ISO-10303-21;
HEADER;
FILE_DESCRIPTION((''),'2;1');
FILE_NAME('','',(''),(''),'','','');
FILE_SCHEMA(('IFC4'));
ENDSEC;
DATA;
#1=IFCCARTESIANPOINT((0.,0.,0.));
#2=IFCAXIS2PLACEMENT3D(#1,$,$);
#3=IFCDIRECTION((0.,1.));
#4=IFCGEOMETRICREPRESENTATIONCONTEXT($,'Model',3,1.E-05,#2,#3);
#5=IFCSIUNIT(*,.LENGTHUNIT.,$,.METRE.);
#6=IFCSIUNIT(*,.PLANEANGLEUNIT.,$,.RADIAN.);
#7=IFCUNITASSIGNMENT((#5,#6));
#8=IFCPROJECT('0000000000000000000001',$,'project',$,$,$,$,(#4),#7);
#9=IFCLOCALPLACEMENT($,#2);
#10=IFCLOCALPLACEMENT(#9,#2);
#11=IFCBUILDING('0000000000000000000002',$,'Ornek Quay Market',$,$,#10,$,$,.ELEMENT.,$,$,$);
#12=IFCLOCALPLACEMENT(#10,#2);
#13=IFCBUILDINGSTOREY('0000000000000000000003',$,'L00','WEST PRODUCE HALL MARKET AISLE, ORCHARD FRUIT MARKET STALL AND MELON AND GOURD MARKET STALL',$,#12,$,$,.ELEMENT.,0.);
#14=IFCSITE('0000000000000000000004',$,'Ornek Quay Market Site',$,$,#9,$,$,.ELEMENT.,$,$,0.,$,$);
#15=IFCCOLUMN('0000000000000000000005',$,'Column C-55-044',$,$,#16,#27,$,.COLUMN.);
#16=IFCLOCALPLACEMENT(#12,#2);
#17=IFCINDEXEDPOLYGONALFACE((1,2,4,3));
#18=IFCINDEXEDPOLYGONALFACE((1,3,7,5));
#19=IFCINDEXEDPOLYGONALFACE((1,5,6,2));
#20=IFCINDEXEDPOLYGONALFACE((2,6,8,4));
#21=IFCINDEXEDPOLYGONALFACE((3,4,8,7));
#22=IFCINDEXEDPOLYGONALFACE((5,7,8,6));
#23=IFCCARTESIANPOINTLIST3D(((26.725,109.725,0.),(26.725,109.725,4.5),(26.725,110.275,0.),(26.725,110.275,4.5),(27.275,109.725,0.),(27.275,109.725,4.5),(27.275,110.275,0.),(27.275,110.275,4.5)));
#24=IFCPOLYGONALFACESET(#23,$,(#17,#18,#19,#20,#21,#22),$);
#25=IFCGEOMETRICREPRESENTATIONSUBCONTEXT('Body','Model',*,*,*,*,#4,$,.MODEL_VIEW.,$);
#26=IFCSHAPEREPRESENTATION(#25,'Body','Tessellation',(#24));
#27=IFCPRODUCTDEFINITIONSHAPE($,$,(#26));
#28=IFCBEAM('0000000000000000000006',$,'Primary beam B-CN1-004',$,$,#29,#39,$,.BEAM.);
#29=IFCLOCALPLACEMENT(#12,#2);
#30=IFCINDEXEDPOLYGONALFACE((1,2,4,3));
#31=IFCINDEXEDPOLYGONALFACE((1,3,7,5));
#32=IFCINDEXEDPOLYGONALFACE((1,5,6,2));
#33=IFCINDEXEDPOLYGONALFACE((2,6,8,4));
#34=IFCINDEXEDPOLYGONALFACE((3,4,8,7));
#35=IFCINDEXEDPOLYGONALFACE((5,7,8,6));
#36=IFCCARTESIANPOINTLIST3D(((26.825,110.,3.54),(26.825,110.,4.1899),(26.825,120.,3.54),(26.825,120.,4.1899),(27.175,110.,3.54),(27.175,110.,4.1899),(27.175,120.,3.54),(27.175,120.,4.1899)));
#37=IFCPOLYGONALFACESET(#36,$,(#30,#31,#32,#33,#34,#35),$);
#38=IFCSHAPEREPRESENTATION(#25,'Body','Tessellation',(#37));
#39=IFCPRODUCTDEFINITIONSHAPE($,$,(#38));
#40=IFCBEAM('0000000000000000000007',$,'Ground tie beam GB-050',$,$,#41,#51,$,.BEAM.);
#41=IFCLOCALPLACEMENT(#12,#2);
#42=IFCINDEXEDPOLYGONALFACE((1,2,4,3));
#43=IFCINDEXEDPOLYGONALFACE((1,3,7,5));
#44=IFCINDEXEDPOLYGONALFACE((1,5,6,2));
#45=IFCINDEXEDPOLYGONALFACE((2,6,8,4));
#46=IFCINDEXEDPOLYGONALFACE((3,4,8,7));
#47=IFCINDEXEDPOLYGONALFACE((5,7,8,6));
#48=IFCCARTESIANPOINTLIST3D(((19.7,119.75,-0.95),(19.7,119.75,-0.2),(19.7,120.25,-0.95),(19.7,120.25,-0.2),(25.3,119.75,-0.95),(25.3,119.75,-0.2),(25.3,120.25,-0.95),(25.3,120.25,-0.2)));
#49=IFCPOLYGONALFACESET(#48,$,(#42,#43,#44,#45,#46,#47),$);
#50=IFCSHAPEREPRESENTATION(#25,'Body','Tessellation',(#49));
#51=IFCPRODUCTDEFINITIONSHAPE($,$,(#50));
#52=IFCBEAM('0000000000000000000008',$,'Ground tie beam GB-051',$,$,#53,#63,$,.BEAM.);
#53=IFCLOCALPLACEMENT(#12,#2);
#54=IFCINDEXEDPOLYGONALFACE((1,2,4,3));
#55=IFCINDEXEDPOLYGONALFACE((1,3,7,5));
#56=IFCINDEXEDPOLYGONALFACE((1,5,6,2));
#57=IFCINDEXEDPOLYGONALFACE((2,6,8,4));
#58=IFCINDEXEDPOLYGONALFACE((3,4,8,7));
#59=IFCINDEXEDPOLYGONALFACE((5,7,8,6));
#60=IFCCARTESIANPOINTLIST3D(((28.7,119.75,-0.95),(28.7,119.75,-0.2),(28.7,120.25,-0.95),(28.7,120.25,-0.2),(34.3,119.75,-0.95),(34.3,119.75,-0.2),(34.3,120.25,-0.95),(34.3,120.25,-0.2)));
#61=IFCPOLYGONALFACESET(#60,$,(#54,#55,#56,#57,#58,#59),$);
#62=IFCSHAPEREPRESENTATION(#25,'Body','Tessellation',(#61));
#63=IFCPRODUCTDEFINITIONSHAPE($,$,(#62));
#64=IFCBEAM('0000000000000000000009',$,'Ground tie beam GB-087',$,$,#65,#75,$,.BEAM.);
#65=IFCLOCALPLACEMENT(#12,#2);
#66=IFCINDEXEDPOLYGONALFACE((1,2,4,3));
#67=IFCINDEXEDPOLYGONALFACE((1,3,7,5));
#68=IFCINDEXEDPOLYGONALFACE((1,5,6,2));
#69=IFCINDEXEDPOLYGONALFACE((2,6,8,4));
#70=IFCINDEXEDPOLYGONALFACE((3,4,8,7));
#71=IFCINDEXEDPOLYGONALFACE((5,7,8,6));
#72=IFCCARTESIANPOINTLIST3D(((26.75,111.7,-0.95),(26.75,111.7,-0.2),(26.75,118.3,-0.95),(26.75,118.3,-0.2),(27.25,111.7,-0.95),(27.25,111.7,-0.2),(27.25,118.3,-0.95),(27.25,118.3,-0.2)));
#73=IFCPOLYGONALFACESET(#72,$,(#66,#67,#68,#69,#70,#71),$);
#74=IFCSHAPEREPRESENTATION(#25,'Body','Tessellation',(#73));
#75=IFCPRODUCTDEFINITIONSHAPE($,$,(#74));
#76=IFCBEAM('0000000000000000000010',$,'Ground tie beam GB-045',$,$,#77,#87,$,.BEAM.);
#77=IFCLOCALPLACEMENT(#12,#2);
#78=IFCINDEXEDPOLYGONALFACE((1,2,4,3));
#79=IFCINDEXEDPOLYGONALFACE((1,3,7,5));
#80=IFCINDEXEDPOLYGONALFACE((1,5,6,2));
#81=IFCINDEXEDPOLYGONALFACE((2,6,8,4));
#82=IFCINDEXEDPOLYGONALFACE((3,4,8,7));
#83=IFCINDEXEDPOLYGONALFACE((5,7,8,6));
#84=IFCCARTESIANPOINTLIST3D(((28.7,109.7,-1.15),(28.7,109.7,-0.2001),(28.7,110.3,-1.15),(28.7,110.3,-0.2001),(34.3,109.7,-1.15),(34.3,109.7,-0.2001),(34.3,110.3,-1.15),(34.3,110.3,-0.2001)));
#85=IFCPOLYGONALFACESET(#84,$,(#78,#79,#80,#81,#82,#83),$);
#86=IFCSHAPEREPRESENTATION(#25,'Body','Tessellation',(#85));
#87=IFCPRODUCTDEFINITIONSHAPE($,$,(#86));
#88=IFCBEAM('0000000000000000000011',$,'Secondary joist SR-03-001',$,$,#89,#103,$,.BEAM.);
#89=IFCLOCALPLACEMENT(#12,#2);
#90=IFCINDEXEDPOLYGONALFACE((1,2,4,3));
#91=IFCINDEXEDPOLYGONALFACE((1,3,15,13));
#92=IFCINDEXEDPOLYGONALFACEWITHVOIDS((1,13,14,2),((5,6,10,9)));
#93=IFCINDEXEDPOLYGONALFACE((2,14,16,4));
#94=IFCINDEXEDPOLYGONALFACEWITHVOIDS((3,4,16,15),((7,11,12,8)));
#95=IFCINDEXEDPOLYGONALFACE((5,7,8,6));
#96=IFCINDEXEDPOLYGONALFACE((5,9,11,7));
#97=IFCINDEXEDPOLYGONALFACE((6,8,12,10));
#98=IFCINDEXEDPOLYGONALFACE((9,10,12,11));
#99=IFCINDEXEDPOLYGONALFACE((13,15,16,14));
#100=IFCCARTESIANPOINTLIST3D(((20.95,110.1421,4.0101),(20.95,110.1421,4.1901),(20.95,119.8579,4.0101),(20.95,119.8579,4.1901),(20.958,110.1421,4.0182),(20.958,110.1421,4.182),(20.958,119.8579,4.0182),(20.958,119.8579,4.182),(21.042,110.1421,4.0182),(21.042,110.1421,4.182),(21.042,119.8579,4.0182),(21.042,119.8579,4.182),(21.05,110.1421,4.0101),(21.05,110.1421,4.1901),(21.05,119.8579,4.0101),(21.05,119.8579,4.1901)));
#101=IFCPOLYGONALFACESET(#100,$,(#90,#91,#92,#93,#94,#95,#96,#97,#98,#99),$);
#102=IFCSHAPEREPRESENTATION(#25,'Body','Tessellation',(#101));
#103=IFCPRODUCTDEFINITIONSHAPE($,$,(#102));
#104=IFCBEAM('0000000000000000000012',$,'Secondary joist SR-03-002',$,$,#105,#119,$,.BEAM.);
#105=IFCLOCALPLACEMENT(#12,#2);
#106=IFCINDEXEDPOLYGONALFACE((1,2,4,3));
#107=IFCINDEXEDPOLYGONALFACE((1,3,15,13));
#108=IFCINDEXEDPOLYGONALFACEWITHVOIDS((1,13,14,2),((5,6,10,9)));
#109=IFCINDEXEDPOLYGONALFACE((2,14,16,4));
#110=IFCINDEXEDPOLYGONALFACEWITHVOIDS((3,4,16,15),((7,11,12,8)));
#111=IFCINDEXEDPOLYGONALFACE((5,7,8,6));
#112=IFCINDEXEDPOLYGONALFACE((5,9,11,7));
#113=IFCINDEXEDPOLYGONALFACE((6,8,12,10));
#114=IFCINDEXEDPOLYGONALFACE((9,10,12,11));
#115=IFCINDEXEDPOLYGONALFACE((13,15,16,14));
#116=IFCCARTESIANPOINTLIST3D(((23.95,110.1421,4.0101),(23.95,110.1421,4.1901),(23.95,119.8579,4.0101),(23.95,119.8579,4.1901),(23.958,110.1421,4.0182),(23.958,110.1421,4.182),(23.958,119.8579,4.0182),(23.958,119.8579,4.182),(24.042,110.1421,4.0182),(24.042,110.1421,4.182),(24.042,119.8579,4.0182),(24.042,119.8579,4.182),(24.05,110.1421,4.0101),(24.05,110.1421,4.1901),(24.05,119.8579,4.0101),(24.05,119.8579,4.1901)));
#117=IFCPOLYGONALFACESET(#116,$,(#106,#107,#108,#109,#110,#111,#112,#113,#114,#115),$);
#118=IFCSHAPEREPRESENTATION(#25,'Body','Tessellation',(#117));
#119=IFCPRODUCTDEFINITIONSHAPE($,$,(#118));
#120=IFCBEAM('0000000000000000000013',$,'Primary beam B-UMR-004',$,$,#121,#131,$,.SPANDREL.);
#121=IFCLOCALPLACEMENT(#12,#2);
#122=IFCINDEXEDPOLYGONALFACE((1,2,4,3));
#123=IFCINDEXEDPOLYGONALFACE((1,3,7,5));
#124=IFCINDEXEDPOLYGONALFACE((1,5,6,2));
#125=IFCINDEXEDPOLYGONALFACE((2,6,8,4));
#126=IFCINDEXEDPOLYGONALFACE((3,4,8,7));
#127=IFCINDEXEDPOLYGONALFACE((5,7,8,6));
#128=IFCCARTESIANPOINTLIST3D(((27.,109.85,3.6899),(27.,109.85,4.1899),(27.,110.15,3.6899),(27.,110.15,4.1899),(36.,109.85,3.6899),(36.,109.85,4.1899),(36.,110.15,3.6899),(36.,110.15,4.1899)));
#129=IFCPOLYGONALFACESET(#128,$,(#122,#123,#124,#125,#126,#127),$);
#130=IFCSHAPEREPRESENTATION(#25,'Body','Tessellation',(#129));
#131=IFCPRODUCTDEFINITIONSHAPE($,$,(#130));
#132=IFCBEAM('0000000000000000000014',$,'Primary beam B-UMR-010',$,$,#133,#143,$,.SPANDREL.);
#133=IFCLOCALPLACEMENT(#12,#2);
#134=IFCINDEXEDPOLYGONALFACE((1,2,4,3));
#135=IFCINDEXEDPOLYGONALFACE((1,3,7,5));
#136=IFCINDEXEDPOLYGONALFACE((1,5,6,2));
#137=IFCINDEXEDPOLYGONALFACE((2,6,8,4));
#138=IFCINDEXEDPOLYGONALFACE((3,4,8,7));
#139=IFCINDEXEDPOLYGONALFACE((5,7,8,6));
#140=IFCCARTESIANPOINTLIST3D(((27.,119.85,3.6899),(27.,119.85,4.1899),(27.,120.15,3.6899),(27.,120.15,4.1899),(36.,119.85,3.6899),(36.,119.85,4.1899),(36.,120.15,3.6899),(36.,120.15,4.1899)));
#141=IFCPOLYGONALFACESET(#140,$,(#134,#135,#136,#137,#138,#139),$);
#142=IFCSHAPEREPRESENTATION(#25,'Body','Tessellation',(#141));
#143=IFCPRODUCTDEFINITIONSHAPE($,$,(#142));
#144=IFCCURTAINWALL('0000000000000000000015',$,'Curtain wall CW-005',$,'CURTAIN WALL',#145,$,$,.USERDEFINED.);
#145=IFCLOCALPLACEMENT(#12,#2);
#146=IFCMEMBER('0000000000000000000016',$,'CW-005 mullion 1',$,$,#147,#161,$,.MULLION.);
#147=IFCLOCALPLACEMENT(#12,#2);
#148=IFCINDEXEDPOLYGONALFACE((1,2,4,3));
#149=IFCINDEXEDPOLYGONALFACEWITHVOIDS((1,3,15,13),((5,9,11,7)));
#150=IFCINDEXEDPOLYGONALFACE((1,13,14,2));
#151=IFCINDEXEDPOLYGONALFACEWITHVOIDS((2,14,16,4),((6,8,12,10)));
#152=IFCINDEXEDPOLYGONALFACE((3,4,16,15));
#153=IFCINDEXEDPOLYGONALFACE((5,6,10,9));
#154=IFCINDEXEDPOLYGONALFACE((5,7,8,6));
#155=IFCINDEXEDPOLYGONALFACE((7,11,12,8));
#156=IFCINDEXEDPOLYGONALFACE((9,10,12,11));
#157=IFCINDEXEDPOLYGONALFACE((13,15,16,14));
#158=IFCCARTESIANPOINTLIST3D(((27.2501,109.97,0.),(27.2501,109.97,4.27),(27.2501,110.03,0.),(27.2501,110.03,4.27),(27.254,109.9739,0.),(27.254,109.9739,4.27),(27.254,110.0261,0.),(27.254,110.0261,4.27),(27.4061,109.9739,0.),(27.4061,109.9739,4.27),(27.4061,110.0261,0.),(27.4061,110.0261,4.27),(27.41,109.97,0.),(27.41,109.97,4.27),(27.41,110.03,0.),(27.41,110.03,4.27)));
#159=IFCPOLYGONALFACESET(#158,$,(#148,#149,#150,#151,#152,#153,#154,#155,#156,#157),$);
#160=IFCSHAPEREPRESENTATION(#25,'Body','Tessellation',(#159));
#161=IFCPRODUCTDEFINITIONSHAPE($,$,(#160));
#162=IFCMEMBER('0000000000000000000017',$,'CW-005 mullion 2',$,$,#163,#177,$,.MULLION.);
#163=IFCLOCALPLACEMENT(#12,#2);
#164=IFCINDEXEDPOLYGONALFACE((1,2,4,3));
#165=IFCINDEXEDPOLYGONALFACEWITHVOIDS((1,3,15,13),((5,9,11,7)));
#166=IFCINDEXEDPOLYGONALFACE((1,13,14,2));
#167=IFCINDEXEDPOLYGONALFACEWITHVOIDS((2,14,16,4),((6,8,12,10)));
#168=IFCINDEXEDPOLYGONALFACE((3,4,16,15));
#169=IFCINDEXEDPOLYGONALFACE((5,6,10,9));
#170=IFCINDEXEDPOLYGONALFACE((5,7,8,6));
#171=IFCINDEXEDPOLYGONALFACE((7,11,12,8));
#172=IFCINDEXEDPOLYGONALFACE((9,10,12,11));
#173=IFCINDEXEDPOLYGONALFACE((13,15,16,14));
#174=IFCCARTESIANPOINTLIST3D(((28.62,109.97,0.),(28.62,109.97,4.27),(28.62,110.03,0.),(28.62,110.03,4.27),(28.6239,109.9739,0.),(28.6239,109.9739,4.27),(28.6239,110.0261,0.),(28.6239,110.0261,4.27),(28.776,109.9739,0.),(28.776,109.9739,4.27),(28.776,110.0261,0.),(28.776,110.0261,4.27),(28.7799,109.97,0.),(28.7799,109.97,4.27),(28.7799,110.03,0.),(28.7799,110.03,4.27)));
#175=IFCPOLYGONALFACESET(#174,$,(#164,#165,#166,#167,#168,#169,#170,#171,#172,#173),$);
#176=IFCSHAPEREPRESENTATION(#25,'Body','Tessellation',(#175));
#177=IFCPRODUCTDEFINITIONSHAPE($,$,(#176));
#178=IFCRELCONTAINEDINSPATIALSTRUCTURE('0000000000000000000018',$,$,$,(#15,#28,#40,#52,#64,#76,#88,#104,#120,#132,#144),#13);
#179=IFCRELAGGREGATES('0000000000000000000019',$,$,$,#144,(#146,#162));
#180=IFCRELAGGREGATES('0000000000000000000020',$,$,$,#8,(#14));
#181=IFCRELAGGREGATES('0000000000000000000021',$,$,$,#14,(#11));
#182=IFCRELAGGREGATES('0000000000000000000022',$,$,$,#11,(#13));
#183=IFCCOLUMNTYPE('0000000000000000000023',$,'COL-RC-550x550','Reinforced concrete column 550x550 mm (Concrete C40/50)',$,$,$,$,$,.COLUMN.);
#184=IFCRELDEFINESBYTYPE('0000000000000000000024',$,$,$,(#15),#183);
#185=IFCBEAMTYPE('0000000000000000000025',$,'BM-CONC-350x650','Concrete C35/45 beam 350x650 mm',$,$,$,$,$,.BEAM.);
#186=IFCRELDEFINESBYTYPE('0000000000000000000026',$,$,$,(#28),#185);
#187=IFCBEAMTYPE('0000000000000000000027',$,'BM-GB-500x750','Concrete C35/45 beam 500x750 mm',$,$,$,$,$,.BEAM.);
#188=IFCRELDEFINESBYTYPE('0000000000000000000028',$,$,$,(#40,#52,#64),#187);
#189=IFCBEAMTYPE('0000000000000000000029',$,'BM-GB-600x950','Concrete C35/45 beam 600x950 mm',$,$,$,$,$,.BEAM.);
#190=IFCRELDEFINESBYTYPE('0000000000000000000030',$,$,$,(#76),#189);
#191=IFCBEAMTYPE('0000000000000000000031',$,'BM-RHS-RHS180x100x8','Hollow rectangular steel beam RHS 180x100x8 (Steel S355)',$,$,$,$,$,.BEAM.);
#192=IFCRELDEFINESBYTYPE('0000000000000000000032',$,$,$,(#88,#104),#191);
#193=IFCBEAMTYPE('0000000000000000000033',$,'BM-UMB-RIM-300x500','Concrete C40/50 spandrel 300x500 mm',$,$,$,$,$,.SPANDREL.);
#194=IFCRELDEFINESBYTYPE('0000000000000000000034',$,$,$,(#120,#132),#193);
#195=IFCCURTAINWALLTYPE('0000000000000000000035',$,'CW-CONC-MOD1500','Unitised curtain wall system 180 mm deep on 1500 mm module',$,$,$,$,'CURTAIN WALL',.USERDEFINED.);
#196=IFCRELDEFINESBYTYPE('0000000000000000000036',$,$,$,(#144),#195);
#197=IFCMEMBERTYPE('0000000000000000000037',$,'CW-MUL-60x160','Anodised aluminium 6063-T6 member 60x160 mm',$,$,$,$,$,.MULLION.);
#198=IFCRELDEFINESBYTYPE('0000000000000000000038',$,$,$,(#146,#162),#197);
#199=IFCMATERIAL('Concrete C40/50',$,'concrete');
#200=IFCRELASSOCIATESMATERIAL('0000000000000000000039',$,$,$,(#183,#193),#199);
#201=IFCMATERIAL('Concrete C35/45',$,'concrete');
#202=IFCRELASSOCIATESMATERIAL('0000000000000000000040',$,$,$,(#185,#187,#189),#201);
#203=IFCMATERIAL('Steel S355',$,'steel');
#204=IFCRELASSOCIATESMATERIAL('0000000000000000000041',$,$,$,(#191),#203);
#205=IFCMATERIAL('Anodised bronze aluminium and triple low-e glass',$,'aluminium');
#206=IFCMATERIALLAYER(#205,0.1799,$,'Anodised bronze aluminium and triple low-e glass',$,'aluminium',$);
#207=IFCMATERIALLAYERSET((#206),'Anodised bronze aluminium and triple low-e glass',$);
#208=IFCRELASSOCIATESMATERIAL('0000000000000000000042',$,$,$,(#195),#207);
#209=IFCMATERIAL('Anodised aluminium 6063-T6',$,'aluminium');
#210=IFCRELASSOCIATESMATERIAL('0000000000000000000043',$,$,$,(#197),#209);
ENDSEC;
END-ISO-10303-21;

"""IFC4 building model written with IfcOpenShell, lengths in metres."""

from ifc_helpers import new_model, si_unit, direction, frame, origin, origin_2d, place, context, subcontext, project, spatial, rectangle, hollow_rectangle, extrude, material, layer, layer_set, material_profile, profile_set, type_object, element, aggregate, save


model = new_model("IFC4")

# Units and contexts
model_context = context("Model", 3, precision=1e-05, world=origin(), true_north=direction((0.0, 1.0)))
body_context = subcontext(model_context, "Body", "Model", "MODEL_VIEW")
ifc_project = project(units=[si_unit("LENGTHUNIT", "METRE"), si_unit("PLANEANGLEUNIT", "RADIAN")], contexts=[model_context])

# Site, building, storey
site_placement = place(None, origin())
site = spatial("IfcSite", under=ifc_project, at=site_placement, Name="Ornek Quay Market Site", CompositionType="ELEMENT", RefElevation=0.0)
building_placement = place(site_placement, origin())
building = spatial("IfcBuilding", under=site, at=building_placement, Name="Ornek Quay Market", CompositionType="ELEMENT")
storey_placement = place(building_placement, origin())
storey = spatial("IfcBuildingStorey", under=building, at=storey_placement, Name="L00", Description="WEST PRODUCE HALL MARKET AISLE, ORCHARD FRUIT MARKET STALL AND MELON AND GOURD MARKET STALL", CompositionType="ELEMENT", Elevation=0.0)

# Shared definitions
ifc_material_1 = material(Name="Concrete C35/45", Category="concrete")

# Column
ifc_material_2 = material(Name="Concrete C40/50", Category="concrete")
ifc_material_profile_1 = material_profile(ifc_material_2, rectangle(XDim=0.55, YDim=0.55, at=origin_2d()), Name="RC 550x550", Category="concrete")
ifc_profile_set_1 = profile_set([ifc_material_profile_1], Name="Concrete C40/50")
column_type_1 = type_object("IfcColumnType", Name="COL-RC-550x550", Description="Reinforced concrete column 550x550 mm (Concrete C40/50)", PredefinedType="COLUMN", material=ifc_profile_set_1)
column_1_placement = place(storey_placement, frame((27.0, 110.0, 0.0), z_axis=(0.0, 0.0, 1.0), x_axis=(1.0, 0.0, 0.0)))
element("IfcColumn", 1, at=column_1_placement, inside=storey, type_object=column_type_1, Name="Column C-55-044", PredefinedType="COLUMN", context=body_context, shape_type="SweptSolid", body=[
    extrude(rectangle(XDim=0.55, YDim=0.55, at=origin_2d()), origin(), (0.0, 0.0, 1.0), 4.5),
])

# Beams
ifc_material_profile_2 = material_profile(ifc_material_1, rectangle(XDim=0.3501, YDim=0.6499, at=origin_2d()), Name="RC 350x650", Category="concrete")
ifc_profile_set_2 = profile_set([ifc_material_profile_2], Name="Concrete C35/45")
beam_type_1 = type_object("IfcBeamType", Name="BM-CONC-350x650", Description="Concrete C35/45 beam 350x650 mm", PredefinedType="BEAM", material=ifc_profile_set_2)
beam_1_placement = place(storey_placement, frame((27.0, 110.0, 3.865), z_axis=(0.0, 1.0, 0.0), x_axis=(-1.0, 0.0, 0.0)))
element("IfcBeam", 2, at=beam_1_placement, inside=storey, type_object=beam_type_1, Name="Primary beam B-CN1-004", PredefinedType="BEAM", context=body_context, shape_type="SweptSolid", body=[
    extrude(rectangle(XDim=0.3501, YDim=0.6499, at=origin_2d()), origin(), (0.0, 0.0, 1.0), 10.0),
])
ifc_material_profile_3 = material_profile(ifc_material_1, rectangle(XDim=0.5, YDim=0.75, at=origin_2d()), Name="RC 500x750", Category="concrete")
ifc_profile_set_3 = profile_set([ifc_material_profile_3], Name="Concrete C35/45")
beam_type_2 = type_object("IfcBeamType", Name="BM-GB-500x750", Description="Concrete C35/45 beam 500x750 mm", PredefinedType="BEAM", material=ifc_profile_set_3)
for number, where, z_axis, x_axis, name in (
    (3, (19.7, 120.0, -0.575), (1.0, 0.0, 0.0), (0.0, 1.0, 0.0), "Ground tie beam GB-050"),
    (4, (28.7, 120.0, -0.575), (1.0, 0.0, 0.0), (0.0, 1.0, 0.0), "Ground tie beam GB-051"),
):
    element("IfcBeam", number, at=place(storey_placement, frame(where, z_axis=z_axis, x_axis=x_axis)), inside=storey, type_object=beam_type_2, Name=name, PredefinedType="BEAM", context=body_context, shape_type="SweptSolid", body=[
        extrude(rectangle(XDim=0.5, YDim=0.75, at=origin_2d()), origin(), (0.0, 0.0, 1.0), 5.6001),
    ])
beam_2_placement = place(storey_placement, frame((27.0, 111.7, -0.575), z_axis=(0.0, 1.0, 0.0), x_axis=(-1.0, 0.0, 0.0)))
element("IfcBeam", 5, at=beam_2_placement, inside=storey, type_object=beam_type_2, Name="Ground tie beam GB-087", PredefinedType="BEAM", context=body_context, shape_type="SweptSolid", body=[
    extrude(rectangle(XDim=0.5, YDim=0.75, at=origin_2d()), origin(), (0.0, 0.0, 1.0), 6.6001),
])
ifc_material_profile_4 = material_profile(ifc_material_1, rectangle(XDim=0.6001, YDim=0.95, at=origin_2d()), Name="RC 600x950", Category="concrete")
ifc_profile_set_4 = profile_set([ifc_material_profile_4], Name="Concrete C35/45")
beam_type_3 = type_object("IfcBeamType", Name="BM-GB-600x950", Description="Concrete C35/45 beam 600x950 mm", PredefinedType="BEAM", material=ifc_profile_set_4)
beam_3_placement = place(storey_placement, frame((28.7, 110.0, -0.675), z_axis=(1.0, 0.0, 0.0), x_axis=(0.0, 1.0, 0.0)))
element("IfcBeam", 6, at=beam_3_placement, inside=storey, type_object=beam_type_3, Name="Ground tie beam GB-045", PredefinedType="BEAM", context=body_context, shape_type="SweptSolid", body=[
    extrude(rectangle(XDim=0.6001, YDim=0.95, at=origin_2d()), origin(), (0.0, 0.0, 1.0), 5.6001),
])
ifc_material_3 = material(Name="Steel S355", Category="steel")
ifc_material_profile_5 = material_profile(ifc_material_3, hollow_rectangle(XDim=0.1001, YDim=0.1799, WallThickness=0.0081, at=origin_2d()), Name="RHS 180x100x8", Category="steel")
ifc_profile_set_5 = profile_set([ifc_material_profile_5], Name="Steel S355")
beam_type_4 = type_object("IfcBeamType", Name="BM-RHS-RHS180x100x8", Description="Hollow rectangular steel beam RHS 180x100x8 (Steel S355)", PredefinedType="BEAM", material=ifc_profile_set_5)
for number, where, z_axis, x_axis, name in (
    (7, (21.0, 110.1421, 4.1001), (0.0, 1.0, 0.0), (-1.0, 0.0, 0.0), "Secondary joist SR-03-001"),
    (8, (24.0, 110.1421, 4.1001), (0.0, 1.0, 0.0), (-1.0, 0.0, 0.0), "Secondary joist SR-03-002"),
):
    element("IfcBeam", number, at=place(storey_placement, frame(where, z_axis=z_axis, x_axis=x_axis)), inside=storey, type_object=beam_type_4, Name=name, PredefinedType="BEAM", context=body_context, shape_type="SweptSolid", body=[
        extrude(hollow_rectangle(XDim=0.1001, YDim=0.1799, WallThickness=0.0081, at=origin_2d()), origin(), (0.0, 0.0, 1.0), 9.7158),
    ])
ifc_material_profile_6 = material_profile(ifc_material_2, rectangle(XDim=0.3, YDim=0.5, at=origin_2d()), Name="RC 300x500", Category="concrete")
ifc_profile_set_6 = profile_set([ifc_material_profile_6], Name="Concrete C40/50")
beam_type_5 = type_object("IfcBeamType", Name="BM-UMB-RIM-300x500", Description="Concrete C40/50 spandrel 300x500 mm", PredefinedType="SPANDREL", material=ifc_profile_set_6)
for number, where, z_axis, x_axis, name in (
    (9, (27.0, 110.0, 3.9399), (1.0, 0.0, 0.0), (0.0, 1.0, 0.0), "Primary beam B-UMR-004"),
    (10, (27.0, 120.0, 3.9399), (1.0, 0.0, 0.0), (0.0, 1.0, 0.0), "Primary beam B-UMR-010"),
):
    element("IfcBeam", number, at=place(storey_placement, frame(where, z_axis=z_axis, x_axis=x_axis)), inside=storey, type_object=beam_type_5, Name=name, PredefinedType="SPANDREL", context=body_context, shape_type="SweptSolid", body=[
        extrude(rectangle(XDim=0.3, YDim=0.5, at=origin_2d()), origin(), (0.0, 0.0, 1.0), 9.0),
    ])

# Curtain wall, members
ifc_material_4 = material(Name="Anodised bronze aluminium and triple low-e glass", Category="aluminium")
ifc_layer_1 = layer(ifc_material_4, 0.1799, Name="Anodised bronze aluminium and triple low-e glass", Category="aluminium")
ifc_layer_set_1 = layer_set([ifc_layer_1], Name="Anodised bronze aluminium and triple low-e glass")
curtain_wall_type = type_object("IfcCurtainWallType", Name="CW-CONC-MOD1500", Description="Unitised curtain wall system 180 mm deep on 1500 mm module", ElementType="CURTAIN WALL", PredefinedType="USERDEFINED", material=ifc_layer_set_1)
curtain_wall_1_placement = place(storey_placement, origin())
curtain_wall_1 = element("IfcCurtainWall", 11, at=curtain_wall_1_placement, inside=storey, type_object=curtain_wall_type, Name="Curtain wall CW-005", ObjectType="CURTAIN WALL", PredefinedType="USERDEFINED")
ifc_material_5 = material(Name="Anodised aluminium 6063-T6", Category="aluminium")
ifc_material_profile_7 = material_profile(ifc_material_5, hollow_rectangle(XDim=0.0601, YDim=0.1599, WallThickness=0.0039, at=origin_2d()), Name="CW-MUL-60x160", Category="aluminium")
ifc_profile_set_7 = profile_set([ifc_material_profile_7], Name="Anodised aluminium 6063-T6")
member_type_1 = type_object("IfcMemberType", Name="CW-MUL-60x160", Description="Anodised aluminium 6063-T6 member 60x160 mm", PredefinedType="MULLION", material=ifc_profile_set_7)
member_1_placement = place(storey_placement, frame((27.3301, 110.0, 0.0), z_axis=(0.0, 0.0, 1.0), x_axis=(0.0, 1.0, 0.0)))
member_1 = element("IfcMember", 12, at=member_1_placement, type_object=member_type_1, Name="CW-005 mullion 1", PredefinedType="MULLION", context=body_context, shape_type="SweptSolid", body=[
    extrude(hollow_rectangle(XDim=0.0601, YDim=0.1599, WallThickness=0.0039, at=origin_2d()), origin(), (0.0, 0.0, 1.0), 4.27),
])
member_2_placement = place(storey_placement, frame((28.7, 110.0, 0.0), z_axis=(0.0, 0.0, 1.0), x_axis=(0.0, 1.0, 0.0)))
member_2 = element("IfcMember", 13, at=member_2_placement, type_object=member_type_1, Name="CW-005 mullion 2", PredefinedType="MULLION", context=body_context, shape_type="SweptSolid", body=[
    extrude(hollow_rectangle(XDim=0.0601, YDim=0.1599, WallThickness=0.0039, at=origin_2d()), origin(), (0.0, 0.0, 1.0), 4.27),
])

aggregate(curtain_wall_1, [member_1, member_2])

save(model, "model.ifc")
